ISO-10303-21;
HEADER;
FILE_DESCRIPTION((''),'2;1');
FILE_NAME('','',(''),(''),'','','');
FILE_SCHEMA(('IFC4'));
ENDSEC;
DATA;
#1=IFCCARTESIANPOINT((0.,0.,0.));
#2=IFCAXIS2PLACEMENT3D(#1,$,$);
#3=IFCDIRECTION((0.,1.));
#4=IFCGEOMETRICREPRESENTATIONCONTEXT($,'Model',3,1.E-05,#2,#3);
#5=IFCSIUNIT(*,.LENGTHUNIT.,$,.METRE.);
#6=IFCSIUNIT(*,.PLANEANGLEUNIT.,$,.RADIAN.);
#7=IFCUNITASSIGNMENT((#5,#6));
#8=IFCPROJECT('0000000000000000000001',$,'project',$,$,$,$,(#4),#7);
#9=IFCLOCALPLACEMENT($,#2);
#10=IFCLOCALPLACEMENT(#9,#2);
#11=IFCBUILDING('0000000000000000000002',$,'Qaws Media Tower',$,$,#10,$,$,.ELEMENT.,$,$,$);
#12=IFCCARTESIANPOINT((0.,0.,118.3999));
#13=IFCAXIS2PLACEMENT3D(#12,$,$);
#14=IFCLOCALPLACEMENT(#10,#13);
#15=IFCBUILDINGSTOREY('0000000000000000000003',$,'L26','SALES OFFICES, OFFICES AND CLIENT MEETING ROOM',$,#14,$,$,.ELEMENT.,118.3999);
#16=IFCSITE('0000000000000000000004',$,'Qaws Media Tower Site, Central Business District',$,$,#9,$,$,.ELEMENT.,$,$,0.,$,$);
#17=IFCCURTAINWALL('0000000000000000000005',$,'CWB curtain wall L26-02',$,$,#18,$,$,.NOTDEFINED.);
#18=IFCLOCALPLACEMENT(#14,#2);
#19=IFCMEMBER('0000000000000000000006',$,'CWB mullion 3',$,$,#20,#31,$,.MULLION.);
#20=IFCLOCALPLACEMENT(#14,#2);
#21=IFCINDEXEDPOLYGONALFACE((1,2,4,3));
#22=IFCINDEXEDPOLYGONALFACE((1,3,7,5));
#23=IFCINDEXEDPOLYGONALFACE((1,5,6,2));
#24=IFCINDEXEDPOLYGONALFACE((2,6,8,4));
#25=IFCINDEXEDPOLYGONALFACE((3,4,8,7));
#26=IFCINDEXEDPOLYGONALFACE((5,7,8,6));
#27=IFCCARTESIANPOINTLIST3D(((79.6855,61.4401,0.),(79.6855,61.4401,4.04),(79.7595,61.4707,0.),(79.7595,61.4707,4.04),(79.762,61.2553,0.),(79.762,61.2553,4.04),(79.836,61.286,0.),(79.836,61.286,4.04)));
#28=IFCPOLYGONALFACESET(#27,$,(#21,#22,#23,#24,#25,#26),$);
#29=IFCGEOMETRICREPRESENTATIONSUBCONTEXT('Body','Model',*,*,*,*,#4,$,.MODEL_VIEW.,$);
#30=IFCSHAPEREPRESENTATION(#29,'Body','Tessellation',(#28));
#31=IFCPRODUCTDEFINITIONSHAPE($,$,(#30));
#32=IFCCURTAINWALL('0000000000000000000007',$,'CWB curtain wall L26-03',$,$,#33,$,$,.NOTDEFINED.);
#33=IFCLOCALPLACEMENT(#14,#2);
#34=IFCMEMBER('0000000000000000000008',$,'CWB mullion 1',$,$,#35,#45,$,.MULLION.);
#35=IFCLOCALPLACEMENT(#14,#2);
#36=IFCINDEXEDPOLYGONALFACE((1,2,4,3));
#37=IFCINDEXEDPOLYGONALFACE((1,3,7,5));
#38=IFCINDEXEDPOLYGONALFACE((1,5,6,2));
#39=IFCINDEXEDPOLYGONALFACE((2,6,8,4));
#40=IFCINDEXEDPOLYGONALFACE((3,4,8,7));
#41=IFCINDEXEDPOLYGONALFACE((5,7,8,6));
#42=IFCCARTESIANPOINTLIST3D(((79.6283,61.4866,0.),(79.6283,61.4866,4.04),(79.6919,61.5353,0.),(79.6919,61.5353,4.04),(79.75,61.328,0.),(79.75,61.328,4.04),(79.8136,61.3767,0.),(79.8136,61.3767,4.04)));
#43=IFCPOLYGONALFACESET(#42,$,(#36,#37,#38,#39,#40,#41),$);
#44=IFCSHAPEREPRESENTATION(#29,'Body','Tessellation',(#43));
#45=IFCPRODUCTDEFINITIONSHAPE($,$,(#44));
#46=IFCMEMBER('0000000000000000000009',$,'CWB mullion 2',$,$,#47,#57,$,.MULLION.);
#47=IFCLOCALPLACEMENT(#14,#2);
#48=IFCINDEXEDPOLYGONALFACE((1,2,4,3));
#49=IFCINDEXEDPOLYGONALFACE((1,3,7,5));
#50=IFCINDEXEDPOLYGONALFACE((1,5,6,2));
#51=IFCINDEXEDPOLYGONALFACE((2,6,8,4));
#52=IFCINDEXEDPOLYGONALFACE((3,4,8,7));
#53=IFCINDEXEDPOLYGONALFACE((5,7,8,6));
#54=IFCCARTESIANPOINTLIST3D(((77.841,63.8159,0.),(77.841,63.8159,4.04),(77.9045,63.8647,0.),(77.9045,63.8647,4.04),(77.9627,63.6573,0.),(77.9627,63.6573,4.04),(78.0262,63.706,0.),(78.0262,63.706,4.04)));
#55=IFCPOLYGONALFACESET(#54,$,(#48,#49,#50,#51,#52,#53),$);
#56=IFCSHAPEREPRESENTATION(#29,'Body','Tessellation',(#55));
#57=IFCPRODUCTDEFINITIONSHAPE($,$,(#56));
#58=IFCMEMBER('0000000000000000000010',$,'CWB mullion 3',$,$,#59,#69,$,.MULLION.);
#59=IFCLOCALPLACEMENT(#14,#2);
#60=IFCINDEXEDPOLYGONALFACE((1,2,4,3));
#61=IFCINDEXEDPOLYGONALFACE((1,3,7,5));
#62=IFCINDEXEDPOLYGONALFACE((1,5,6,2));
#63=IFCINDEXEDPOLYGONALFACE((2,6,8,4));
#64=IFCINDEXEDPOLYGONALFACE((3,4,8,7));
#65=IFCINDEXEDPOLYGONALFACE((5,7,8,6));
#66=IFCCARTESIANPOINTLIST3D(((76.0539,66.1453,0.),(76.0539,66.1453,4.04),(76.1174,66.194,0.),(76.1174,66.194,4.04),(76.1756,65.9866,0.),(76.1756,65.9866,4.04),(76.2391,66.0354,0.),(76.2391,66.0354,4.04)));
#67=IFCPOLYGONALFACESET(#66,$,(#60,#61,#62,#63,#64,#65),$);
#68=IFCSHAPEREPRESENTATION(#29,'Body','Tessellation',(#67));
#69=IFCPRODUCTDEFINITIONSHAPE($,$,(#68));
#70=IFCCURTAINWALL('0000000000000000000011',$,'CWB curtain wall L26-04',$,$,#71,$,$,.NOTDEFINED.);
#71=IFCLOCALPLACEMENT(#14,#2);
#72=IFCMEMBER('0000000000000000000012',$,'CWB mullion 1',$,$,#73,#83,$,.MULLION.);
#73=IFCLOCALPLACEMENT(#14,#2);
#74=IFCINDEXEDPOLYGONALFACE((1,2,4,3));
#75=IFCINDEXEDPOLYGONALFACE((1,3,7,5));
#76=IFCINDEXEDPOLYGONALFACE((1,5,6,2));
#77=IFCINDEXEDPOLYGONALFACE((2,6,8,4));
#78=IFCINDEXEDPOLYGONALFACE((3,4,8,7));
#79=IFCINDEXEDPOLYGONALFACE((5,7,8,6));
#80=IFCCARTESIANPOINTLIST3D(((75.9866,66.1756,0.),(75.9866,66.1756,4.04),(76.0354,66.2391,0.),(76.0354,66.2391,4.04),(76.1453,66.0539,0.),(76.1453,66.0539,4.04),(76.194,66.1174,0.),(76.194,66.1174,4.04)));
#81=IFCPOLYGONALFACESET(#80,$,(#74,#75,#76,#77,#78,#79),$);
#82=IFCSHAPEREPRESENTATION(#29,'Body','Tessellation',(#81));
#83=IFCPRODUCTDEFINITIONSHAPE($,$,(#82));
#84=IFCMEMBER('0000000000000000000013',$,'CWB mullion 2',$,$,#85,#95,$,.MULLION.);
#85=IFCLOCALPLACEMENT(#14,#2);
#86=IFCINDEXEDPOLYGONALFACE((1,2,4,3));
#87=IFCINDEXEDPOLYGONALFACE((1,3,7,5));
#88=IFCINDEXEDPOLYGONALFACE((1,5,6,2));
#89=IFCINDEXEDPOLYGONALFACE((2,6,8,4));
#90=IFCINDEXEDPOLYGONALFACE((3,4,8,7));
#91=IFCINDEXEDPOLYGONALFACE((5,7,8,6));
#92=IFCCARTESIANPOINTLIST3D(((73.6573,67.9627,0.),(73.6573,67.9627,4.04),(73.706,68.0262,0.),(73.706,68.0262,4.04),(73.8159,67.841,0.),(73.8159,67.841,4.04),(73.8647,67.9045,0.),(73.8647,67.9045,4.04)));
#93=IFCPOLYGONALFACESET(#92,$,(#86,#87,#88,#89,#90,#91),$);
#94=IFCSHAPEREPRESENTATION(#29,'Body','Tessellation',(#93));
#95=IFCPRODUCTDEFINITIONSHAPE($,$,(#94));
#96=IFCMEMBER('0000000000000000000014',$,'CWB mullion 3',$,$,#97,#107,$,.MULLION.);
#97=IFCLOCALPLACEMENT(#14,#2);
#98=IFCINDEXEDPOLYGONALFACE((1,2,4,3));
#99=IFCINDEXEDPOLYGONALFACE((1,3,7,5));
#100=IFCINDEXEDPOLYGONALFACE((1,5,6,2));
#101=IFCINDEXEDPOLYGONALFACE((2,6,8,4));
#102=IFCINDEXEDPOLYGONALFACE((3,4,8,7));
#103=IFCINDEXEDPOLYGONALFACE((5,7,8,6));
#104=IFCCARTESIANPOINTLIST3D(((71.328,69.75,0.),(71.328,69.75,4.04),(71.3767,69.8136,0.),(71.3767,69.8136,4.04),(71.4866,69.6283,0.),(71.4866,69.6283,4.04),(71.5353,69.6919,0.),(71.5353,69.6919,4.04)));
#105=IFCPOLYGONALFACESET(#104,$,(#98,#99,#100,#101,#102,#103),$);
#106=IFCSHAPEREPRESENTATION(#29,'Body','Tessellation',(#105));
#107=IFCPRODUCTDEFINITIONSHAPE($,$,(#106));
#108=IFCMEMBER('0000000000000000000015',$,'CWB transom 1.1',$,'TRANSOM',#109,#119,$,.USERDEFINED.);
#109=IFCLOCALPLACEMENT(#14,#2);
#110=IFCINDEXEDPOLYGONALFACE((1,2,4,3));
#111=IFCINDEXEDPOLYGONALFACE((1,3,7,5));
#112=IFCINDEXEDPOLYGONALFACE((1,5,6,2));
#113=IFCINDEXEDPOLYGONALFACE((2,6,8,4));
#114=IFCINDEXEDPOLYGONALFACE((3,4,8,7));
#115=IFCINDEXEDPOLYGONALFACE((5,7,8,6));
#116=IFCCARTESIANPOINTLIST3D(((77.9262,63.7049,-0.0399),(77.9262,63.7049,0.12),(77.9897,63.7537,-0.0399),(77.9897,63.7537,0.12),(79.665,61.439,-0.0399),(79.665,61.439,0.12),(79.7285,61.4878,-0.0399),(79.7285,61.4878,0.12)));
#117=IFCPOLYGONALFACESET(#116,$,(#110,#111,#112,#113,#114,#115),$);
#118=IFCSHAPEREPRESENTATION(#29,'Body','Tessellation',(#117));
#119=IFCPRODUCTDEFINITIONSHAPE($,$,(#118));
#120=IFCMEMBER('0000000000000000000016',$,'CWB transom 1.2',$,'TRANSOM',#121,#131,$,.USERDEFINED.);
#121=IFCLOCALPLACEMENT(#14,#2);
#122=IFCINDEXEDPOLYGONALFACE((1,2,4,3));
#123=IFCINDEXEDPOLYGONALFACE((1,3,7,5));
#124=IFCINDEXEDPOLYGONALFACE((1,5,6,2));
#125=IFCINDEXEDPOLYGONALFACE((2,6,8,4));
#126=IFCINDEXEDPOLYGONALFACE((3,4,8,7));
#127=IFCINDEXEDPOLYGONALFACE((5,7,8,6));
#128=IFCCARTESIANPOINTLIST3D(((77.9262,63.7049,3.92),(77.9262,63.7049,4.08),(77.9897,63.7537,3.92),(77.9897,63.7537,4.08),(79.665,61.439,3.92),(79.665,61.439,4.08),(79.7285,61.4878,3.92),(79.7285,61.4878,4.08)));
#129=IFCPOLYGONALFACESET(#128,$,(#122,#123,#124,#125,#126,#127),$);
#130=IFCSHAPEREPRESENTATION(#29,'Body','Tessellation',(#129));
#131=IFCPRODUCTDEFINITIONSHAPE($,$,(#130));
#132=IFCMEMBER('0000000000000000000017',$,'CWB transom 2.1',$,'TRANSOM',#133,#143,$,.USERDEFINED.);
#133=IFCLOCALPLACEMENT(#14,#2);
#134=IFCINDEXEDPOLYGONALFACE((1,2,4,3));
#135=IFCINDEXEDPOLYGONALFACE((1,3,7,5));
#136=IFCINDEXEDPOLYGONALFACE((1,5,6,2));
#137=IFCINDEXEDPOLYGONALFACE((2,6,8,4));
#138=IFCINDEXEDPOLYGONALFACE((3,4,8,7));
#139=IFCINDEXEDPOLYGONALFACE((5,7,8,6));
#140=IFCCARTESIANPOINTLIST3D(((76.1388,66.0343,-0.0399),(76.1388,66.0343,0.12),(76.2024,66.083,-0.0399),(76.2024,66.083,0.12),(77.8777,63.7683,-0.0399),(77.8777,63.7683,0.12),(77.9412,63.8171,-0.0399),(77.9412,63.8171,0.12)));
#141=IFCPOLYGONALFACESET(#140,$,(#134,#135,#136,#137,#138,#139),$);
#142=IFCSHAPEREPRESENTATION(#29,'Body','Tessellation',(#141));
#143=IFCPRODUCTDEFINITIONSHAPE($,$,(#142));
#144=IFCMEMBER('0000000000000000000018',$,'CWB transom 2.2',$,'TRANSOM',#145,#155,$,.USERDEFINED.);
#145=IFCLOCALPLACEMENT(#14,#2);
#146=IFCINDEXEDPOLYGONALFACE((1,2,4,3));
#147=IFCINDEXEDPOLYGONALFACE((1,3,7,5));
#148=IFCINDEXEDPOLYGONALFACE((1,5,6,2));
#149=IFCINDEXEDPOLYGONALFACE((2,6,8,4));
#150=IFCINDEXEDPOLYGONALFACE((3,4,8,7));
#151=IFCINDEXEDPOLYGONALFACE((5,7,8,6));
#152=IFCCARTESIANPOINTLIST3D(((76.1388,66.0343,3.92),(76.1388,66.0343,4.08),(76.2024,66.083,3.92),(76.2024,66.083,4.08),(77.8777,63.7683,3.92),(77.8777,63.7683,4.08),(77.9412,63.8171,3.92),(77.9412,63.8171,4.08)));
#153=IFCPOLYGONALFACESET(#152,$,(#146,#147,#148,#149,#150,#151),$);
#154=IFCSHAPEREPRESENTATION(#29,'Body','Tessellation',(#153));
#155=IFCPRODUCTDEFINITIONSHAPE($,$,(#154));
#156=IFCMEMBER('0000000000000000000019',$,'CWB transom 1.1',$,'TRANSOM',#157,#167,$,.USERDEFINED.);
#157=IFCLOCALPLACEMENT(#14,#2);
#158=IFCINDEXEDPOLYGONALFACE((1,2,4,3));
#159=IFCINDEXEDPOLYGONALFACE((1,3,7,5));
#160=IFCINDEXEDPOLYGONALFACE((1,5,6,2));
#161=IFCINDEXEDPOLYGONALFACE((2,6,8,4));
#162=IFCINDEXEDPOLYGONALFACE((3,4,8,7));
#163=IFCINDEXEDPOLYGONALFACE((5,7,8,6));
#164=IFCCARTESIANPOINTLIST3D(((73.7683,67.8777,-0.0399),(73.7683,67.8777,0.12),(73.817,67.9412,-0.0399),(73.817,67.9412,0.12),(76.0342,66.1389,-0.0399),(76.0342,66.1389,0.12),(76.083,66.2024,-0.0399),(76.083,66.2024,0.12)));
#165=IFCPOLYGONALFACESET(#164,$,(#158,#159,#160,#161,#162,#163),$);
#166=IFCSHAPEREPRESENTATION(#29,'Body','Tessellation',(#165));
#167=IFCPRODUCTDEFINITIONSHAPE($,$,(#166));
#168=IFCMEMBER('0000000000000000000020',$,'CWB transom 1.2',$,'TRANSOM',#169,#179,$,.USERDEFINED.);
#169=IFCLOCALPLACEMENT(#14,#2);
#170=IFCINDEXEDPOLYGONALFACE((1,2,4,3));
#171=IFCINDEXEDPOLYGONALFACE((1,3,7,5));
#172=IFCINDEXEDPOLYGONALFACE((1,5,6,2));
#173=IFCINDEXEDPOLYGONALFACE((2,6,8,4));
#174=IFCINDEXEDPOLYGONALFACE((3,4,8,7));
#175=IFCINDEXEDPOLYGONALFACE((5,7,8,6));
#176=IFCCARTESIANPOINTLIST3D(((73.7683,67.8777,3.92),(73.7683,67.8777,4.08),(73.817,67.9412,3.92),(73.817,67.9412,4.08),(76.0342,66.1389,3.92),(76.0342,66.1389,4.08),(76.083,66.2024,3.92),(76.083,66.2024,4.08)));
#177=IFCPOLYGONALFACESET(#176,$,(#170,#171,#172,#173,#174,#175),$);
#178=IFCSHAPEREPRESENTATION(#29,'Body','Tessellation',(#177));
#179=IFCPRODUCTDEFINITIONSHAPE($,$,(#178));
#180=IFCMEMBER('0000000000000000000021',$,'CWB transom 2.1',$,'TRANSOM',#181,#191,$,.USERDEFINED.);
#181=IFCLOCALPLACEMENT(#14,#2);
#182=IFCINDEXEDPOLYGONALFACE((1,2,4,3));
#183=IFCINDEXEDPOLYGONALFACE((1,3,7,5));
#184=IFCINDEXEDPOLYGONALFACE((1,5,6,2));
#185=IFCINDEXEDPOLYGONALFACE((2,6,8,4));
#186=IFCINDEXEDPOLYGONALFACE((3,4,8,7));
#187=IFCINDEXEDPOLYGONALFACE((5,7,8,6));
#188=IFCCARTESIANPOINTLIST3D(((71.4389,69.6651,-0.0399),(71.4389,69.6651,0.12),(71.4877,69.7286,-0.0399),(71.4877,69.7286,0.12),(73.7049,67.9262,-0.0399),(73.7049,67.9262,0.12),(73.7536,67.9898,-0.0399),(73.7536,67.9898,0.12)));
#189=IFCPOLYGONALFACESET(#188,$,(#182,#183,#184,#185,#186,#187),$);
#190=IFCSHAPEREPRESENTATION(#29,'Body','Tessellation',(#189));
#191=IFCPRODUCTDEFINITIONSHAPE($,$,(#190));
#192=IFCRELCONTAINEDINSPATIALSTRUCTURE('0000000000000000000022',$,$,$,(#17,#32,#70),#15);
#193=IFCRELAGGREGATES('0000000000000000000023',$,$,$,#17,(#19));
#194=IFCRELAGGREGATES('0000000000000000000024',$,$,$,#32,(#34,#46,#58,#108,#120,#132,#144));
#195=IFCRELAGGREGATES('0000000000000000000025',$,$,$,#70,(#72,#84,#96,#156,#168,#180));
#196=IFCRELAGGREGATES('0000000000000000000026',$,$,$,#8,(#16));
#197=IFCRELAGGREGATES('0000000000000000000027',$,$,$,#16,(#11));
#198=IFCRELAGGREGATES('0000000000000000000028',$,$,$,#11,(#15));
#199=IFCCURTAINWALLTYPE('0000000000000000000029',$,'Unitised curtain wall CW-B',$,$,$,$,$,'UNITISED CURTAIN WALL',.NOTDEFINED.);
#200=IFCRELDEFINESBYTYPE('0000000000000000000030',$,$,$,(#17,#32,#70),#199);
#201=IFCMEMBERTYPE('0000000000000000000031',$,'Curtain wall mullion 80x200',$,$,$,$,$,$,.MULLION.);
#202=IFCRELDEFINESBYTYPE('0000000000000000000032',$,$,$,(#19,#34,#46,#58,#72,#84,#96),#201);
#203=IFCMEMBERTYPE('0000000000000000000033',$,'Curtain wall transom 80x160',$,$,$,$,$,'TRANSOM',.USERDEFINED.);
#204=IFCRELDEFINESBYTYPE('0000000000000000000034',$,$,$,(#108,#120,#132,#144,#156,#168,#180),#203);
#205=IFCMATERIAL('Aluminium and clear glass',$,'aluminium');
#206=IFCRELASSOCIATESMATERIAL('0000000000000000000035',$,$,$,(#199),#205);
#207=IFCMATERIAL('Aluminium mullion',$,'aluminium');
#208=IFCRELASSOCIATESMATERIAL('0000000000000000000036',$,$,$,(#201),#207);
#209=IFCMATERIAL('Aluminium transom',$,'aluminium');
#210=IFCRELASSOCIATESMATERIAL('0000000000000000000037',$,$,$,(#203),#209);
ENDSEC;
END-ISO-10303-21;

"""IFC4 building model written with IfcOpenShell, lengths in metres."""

from ifc_helpers import new_model, si_unit, direction, frame, origin, origin_2d, place, context, subcontext, project, spatial, rectangle, extrude, material, material_profile, profile_set, type_object, element, aggregate, save


model = new_model("IFC4")

# Units and contexts
model_context = context("Model", 3, precision=1e-05, world=origin(), true_north=direction((0.0, 1.0)))
body_context = subcontext(model_context, "Body", "Model", "MODEL_VIEW")
ifc_project = project(units=[si_unit("LENGTHUNIT", "METRE"), si_unit("PLANEANGLEUNIT", "RADIAN")], contexts=[model_context])

# Site, building, storey
site_placement = place(None, origin())
site = spatial("IfcSite", under=ifc_project, at=site_placement, Name="Qaws Media Tower Site, Central Business District", CompositionType="ELEMENT", RefElevation=0.0)
building_placement = place(site_placement, origin())
building = spatial("IfcBuilding", under=site, at=building_placement, Name="Qaws Media Tower", CompositionType="ELEMENT")
storey_placement = place(building_placement, frame((0.0, 0.0, 118.3999)))
storey = spatial("IfcBuildingStorey", under=building, at=storey_placement, Name="L26", Description="SALES OFFICES, OFFICES AND CLIENT MEETING ROOM", CompositionType="ELEMENT", Elevation=118.3999)

# Curtain wall, member
ifc_material_1 = material(Name="Aluminium and clear glass", Category="aluminium")
curtain_wall_type = type_object("IfcCurtainWallType", Name="Unitised curtain wall CW-B", ElementType="UNITISED CURTAIN WALL", PredefinedType="NOTDEFINED", material=ifc_material_1)
curtain_wall_1_placement = place(storey_placement, origin())
curtain_wall_1 = element("IfcCurtainWall", 1, at=curtain_wall_1_placement, inside=storey, type_object=curtain_wall_type, Name="CWB curtain wall L26-02", PredefinedType="NOTDEFINED")
ifc_material_2 = material(Name="Aluminium mullion", Category="aluminium")
ifc_material_profile_1 = material_profile(ifc_material_2, rectangle(XDim=0.0801, YDim=0.2, at=origin_2d()), Name="80x200")
ifc_profile_set_1 = profile_set([ifc_material_profile_1], Name="Aluminium mullion")
member_type_1 = type_object("IfcMemberType", Name="Curtain wall mullion 80x200", PredefinedType="MULLION", material=ifc_profile_set_1)
member_1_placement = place(storey_placement, frame((79.7607, 61.363, 0.0), z_axis=(0.0, 0.0, 1.0), x_axis=(-0.92388, -0.382683, 0.0)))
member_1 = element("IfcMember", 2, at=member_1_placement, type_object=member_type_1, Name="CWB mullion 3", PredefinedType="MULLION", context=body_context, shape_type="SweptSolid", body=[
    extrude(rectangle(XDim=0.0801, YDim=0.2, at=origin_2d()), origin(), (0.0, 0.0, 1.0), 4.04),
])

# Curtain walls, members
curtain_wall_2_placement = place(storey_placement, origin())
curtain_wall_2 = element("IfcCurtainWall", 3, at=curtain_wall_2_placement, inside=storey, type_object=curtain_wall_type, Name="CWB curtain wall L26-03", PredefinedType="NOTDEFINED")
member_2_placement = place(storey_placement, frame((79.7209, 61.4316, 0.0), z_axis=(0.0, 0.0, 1.0), x_axis=(-0.793353, -0.608761, 0.0)))
member_2 = element("IfcMember", 4, at=member_2_placement, type_object=member_type_1, Name="CWB mullion 1", PredefinedType="MULLION", context=body_context, shape_type="SweptSolid", body=[
    extrude(rectangle(XDim=0.0801, YDim=0.2, at=origin_2d()), origin(), (0.0, 0.0, 1.0), 4.04),
])
member_3_placement = place(storey_placement, frame((77.9336, 63.761, 0.0), z_axis=(0.0, 0.0, 1.0), x_axis=(-0.793353, -0.608761, 0.0)))
member_3 = element("IfcMember", 5, at=member_3_placement, type_object=member_type_1, Name="CWB mullion 2", PredefinedType="MULLION", context=body_context, shape_type="SweptSolid", body=[
    extrude(rectangle(XDim=0.0801, YDim=0.2, at=origin_2d()), origin(), (0.0, 0.0, 1.0), 4.04),
])
member_4_placement = place(storey_placement, frame((76.1465, 66.0903, 0.0), z_axis=(0.0, 0.0, 1.0), x_axis=(-0.793353, -0.608761, 0.0)))
member_4 = element("IfcMember", 6, at=member_4_placement, type_object=member_type_1, Name="CWB mullion 3", PredefinedType="MULLION", context=body_context, shape_type="SweptSolid", body=[
    extrude(rectangle(XDim=0.0801, YDim=0.2, at=origin_2d()), origin(), (0.0, 0.0, 1.0), 4.04),
])
curtain_wall_3_placement = place(storey_placement, origin())
curtain_wall_3 = element("IfcCurtainWall", 7, at=curtain_wall_3_placement, inside=storey, type_object=curtain_wall_type, Name="CWB curtain wall L26-04", PredefinedType="NOTDEFINED")
member_5_placement = place(storey_placement, frame((76.0903, 66.1465, 0.0), z_axis=(0.0, 0.0, 1.0), x_axis=(-0.608761, -0.793353, 0.0)))
member_5 = element("IfcMember", 8, at=member_5_placement, type_object=member_type_1, Name="CWB mullion 1", PredefinedType="MULLION", context=body_context, shape_type="SweptSolid", body=[
    extrude(rectangle(XDim=0.0801, YDim=0.2, at=origin_2d()), origin(), (0.0, 0.0, 1.0), 4.04),
])
member_6_placement = place(storey_placement, frame((73.761, 67.9336, 0.0), z_axis=(0.0, 0.0, 1.0), x_axis=(-0.608761, -0.793353, 0.0)))
member_6 = element("IfcMember", 9, at=member_6_placement, type_object=member_type_1, Name="CWB mullion 2", PredefinedType="MULLION", context=body_context, shape_type="SweptSolid", body=[
    extrude(rectangle(XDim=0.0801, YDim=0.2, at=origin_2d()), origin(), (0.0, 0.0, 1.0), 4.04),
])
member_7_placement = place(storey_placement, frame((71.4316, 69.7209, 0.0), z_axis=(0.0, 0.0, 1.0), x_axis=(-0.608761, -0.793353, 0.0)))
member_7 = element("IfcMember", 10, at=member_7_placement, type_object=member_type_1, Name="CWB mullion 3", PredefinedType="MULLION", context=body_context, shape_type="SweptSolid", body=[
    extrude(rectangle(XDim=0.0801, YDim=0.2, at=origin_2d()), origin(), (0.0, 0.0, 1.0), 4.04),
])

# Members
ifc_material_3 = material(Name="Aluminium transom", Category="aluminium")
ifc_material_profile_2 = material_profile(ifc_material_3, rectangle(XDim=0.0801, YDim=0.1599, at=origin_2d()), Name="80x160")
ifc_profile_set_2 = profile_set([ifc_material_profile_2], Name="Aluminium transom")
member_type_2 = type_object("IfcMemberType", Name="Curtain wall transom 80x160", ElementType="TRANSOM", PredefinedType="USERDEFINED", material=ifc_profile_set_2)
member_8_placement = place(storey_placement, frame((79.6968, 61.4634, 0.04), z_axis=(-0.608785, 0.793335, 0.0), x_axis=(-0.793335, -0.608785, 0.0)))
member_8 = element("IfcMember", 11, at=member_8_placement, type_object=member_type_2, Name="CWB transom 1.1", ObjectType="TRANSOM", PredefinedType="USERDEFINED", context=body_context, shape_type="SweptSolid", body=[
    extrude(rectangle(XDim=0.0801, YDim=0.1599, at=origin_2d()), origin(), (0.0, 0.0, 1.0), 2.8562),
])
member_9_placement = place(storey_placement, frame((79.6968, 61.4634, 4.0), z_axis=(-0.608785, 0.793335, 0.0), x_axis=(-0.793335, -0.608785, 0.0)))
member_9 = element("IfcMember", 12, at=member_9_placement, type_object=member_type_2, Name="CWB transom 1.2", ObjectType="TRANSOM", PredefinedType="USERDEFINED", context=body_context, shape_type="SweptSolid", body=[
    extrude(rectangle(XDim=0.0801, YDim=0.1599, at=origin_2d()), origin(), (0.0, 0.0, 1.0), 2.8562),
])
member_10_placement = place(storey_placement, frame((77.9094, 63.7927, 0.04), z_axis=(-0.608785, 0.793335, 0.0), x_axis=(-0.793335, -0.608785, 0.0)))
member_10 = element("IfcMember", 13, at=member_10_placement, type_object=member_type_2, Name="CWB transom 2.1", ObjectType="TRANSOM", PredefinedType="USERDEFINED", context=body_context, shape_type="SweptSolid", body=[
    extrude(rectangle(XDim=0.0801, YDim=0.1599, at=origin_2d()), origin(), (0.0, 0.0, 1.0), 2.8562),
])
member_11_placement = place(storey_placement, frame((77.9094, 63.7927, 4.0), z_axis=(-0.608785, 0.793335, 0.0), x_axis=(-0.793335, -0.608785, 0.0)))
member_11 = element("IfcMember", 14, at=member_11_placement, type_object=member_type_2, Name="CWB transom 2.2", ObjectType="TRANSOM", PredefinedType="USERDEFINED", context=body_context, shape_type="SweptSolid", body=[
    extrude(rectangle(XDim=0.0801, YDim=0.1599, at=origin_2d()), origin(), (0.0, 0.0, 1.0), 2.8562),
])
member_12_placement = place(storey_placement, frame((76.0586, 66.1707, 0.04), z_axis=(-0.793335, 0.608785, 0.0), x_axis=(-0.608785, -0.793335, 0.0)))
member_12 = element("IfcMember", 15, at=member_12_placement, type_object=member_type_2, Name="CWB transom 1.1", ObjectType="TRANSOM", PredefinedType="USERDEFINED", context=body_context, shape_type="SweptSolid", body=[
    extrude(rectangle(XDim=0.0801, YDim=0.1599, at=origin_2d()), origin(), (0.0, 0.0, 1.0), 2.8562),
])
member_13_placement = place(storey_placement, frame((76.0586, 66.1707, 4.0), z_axis=(-0.793335, 0.608785, 0.0), x_axis=(-0.608785, -0.793335, 0.0)))
member_13 = element("IfcMember", 16, at=member_13_placement, type_object=member_type_2, Name="CWB transom 1.2", ObjectType="TRANSOM", PredefinedType="USERDEFINED", context=body_context, shape_type="SweptSolid", body=[
    extrude(rectangle(XDim=0.0801, YDim=0.1599, at=origin_2d()), origin(), (0.0, 0.0, 1.0), 2.8562),
])
member_14_placement = place(storey_placement, frame((73.7292, 67.958, 0.04), z_axis=(-0.793335, 0.608785, 0.0), x_axis=(-0.608785, -0.793335, 0.0)))
member_14 = element("IfcMember", 17, at=member_14_placement, type_object=member_type_2, Name="CWB transom 2.1", ObjectType="TRANSOM", PredefinedType="USERDEFINED", context=body_context, shape_type="SweptSolid", body=[
    extrude(rectangle(XDim=0.0801, YDim=0.1599, at=origin_2d()), origin(), (0.0, 0.0, 1.0), 2.8562),
])

aggregate(curtain_wall_1, [member_1])
aggregate(curtain_wall_2, [member_2, member_3, member_4, member_8, member_9, member_10, member_11])
aggregate(curtain_wall_3, [member_5, member_6, member_7, member_12, member_13, member_14])

save(model, "model.ifc")
